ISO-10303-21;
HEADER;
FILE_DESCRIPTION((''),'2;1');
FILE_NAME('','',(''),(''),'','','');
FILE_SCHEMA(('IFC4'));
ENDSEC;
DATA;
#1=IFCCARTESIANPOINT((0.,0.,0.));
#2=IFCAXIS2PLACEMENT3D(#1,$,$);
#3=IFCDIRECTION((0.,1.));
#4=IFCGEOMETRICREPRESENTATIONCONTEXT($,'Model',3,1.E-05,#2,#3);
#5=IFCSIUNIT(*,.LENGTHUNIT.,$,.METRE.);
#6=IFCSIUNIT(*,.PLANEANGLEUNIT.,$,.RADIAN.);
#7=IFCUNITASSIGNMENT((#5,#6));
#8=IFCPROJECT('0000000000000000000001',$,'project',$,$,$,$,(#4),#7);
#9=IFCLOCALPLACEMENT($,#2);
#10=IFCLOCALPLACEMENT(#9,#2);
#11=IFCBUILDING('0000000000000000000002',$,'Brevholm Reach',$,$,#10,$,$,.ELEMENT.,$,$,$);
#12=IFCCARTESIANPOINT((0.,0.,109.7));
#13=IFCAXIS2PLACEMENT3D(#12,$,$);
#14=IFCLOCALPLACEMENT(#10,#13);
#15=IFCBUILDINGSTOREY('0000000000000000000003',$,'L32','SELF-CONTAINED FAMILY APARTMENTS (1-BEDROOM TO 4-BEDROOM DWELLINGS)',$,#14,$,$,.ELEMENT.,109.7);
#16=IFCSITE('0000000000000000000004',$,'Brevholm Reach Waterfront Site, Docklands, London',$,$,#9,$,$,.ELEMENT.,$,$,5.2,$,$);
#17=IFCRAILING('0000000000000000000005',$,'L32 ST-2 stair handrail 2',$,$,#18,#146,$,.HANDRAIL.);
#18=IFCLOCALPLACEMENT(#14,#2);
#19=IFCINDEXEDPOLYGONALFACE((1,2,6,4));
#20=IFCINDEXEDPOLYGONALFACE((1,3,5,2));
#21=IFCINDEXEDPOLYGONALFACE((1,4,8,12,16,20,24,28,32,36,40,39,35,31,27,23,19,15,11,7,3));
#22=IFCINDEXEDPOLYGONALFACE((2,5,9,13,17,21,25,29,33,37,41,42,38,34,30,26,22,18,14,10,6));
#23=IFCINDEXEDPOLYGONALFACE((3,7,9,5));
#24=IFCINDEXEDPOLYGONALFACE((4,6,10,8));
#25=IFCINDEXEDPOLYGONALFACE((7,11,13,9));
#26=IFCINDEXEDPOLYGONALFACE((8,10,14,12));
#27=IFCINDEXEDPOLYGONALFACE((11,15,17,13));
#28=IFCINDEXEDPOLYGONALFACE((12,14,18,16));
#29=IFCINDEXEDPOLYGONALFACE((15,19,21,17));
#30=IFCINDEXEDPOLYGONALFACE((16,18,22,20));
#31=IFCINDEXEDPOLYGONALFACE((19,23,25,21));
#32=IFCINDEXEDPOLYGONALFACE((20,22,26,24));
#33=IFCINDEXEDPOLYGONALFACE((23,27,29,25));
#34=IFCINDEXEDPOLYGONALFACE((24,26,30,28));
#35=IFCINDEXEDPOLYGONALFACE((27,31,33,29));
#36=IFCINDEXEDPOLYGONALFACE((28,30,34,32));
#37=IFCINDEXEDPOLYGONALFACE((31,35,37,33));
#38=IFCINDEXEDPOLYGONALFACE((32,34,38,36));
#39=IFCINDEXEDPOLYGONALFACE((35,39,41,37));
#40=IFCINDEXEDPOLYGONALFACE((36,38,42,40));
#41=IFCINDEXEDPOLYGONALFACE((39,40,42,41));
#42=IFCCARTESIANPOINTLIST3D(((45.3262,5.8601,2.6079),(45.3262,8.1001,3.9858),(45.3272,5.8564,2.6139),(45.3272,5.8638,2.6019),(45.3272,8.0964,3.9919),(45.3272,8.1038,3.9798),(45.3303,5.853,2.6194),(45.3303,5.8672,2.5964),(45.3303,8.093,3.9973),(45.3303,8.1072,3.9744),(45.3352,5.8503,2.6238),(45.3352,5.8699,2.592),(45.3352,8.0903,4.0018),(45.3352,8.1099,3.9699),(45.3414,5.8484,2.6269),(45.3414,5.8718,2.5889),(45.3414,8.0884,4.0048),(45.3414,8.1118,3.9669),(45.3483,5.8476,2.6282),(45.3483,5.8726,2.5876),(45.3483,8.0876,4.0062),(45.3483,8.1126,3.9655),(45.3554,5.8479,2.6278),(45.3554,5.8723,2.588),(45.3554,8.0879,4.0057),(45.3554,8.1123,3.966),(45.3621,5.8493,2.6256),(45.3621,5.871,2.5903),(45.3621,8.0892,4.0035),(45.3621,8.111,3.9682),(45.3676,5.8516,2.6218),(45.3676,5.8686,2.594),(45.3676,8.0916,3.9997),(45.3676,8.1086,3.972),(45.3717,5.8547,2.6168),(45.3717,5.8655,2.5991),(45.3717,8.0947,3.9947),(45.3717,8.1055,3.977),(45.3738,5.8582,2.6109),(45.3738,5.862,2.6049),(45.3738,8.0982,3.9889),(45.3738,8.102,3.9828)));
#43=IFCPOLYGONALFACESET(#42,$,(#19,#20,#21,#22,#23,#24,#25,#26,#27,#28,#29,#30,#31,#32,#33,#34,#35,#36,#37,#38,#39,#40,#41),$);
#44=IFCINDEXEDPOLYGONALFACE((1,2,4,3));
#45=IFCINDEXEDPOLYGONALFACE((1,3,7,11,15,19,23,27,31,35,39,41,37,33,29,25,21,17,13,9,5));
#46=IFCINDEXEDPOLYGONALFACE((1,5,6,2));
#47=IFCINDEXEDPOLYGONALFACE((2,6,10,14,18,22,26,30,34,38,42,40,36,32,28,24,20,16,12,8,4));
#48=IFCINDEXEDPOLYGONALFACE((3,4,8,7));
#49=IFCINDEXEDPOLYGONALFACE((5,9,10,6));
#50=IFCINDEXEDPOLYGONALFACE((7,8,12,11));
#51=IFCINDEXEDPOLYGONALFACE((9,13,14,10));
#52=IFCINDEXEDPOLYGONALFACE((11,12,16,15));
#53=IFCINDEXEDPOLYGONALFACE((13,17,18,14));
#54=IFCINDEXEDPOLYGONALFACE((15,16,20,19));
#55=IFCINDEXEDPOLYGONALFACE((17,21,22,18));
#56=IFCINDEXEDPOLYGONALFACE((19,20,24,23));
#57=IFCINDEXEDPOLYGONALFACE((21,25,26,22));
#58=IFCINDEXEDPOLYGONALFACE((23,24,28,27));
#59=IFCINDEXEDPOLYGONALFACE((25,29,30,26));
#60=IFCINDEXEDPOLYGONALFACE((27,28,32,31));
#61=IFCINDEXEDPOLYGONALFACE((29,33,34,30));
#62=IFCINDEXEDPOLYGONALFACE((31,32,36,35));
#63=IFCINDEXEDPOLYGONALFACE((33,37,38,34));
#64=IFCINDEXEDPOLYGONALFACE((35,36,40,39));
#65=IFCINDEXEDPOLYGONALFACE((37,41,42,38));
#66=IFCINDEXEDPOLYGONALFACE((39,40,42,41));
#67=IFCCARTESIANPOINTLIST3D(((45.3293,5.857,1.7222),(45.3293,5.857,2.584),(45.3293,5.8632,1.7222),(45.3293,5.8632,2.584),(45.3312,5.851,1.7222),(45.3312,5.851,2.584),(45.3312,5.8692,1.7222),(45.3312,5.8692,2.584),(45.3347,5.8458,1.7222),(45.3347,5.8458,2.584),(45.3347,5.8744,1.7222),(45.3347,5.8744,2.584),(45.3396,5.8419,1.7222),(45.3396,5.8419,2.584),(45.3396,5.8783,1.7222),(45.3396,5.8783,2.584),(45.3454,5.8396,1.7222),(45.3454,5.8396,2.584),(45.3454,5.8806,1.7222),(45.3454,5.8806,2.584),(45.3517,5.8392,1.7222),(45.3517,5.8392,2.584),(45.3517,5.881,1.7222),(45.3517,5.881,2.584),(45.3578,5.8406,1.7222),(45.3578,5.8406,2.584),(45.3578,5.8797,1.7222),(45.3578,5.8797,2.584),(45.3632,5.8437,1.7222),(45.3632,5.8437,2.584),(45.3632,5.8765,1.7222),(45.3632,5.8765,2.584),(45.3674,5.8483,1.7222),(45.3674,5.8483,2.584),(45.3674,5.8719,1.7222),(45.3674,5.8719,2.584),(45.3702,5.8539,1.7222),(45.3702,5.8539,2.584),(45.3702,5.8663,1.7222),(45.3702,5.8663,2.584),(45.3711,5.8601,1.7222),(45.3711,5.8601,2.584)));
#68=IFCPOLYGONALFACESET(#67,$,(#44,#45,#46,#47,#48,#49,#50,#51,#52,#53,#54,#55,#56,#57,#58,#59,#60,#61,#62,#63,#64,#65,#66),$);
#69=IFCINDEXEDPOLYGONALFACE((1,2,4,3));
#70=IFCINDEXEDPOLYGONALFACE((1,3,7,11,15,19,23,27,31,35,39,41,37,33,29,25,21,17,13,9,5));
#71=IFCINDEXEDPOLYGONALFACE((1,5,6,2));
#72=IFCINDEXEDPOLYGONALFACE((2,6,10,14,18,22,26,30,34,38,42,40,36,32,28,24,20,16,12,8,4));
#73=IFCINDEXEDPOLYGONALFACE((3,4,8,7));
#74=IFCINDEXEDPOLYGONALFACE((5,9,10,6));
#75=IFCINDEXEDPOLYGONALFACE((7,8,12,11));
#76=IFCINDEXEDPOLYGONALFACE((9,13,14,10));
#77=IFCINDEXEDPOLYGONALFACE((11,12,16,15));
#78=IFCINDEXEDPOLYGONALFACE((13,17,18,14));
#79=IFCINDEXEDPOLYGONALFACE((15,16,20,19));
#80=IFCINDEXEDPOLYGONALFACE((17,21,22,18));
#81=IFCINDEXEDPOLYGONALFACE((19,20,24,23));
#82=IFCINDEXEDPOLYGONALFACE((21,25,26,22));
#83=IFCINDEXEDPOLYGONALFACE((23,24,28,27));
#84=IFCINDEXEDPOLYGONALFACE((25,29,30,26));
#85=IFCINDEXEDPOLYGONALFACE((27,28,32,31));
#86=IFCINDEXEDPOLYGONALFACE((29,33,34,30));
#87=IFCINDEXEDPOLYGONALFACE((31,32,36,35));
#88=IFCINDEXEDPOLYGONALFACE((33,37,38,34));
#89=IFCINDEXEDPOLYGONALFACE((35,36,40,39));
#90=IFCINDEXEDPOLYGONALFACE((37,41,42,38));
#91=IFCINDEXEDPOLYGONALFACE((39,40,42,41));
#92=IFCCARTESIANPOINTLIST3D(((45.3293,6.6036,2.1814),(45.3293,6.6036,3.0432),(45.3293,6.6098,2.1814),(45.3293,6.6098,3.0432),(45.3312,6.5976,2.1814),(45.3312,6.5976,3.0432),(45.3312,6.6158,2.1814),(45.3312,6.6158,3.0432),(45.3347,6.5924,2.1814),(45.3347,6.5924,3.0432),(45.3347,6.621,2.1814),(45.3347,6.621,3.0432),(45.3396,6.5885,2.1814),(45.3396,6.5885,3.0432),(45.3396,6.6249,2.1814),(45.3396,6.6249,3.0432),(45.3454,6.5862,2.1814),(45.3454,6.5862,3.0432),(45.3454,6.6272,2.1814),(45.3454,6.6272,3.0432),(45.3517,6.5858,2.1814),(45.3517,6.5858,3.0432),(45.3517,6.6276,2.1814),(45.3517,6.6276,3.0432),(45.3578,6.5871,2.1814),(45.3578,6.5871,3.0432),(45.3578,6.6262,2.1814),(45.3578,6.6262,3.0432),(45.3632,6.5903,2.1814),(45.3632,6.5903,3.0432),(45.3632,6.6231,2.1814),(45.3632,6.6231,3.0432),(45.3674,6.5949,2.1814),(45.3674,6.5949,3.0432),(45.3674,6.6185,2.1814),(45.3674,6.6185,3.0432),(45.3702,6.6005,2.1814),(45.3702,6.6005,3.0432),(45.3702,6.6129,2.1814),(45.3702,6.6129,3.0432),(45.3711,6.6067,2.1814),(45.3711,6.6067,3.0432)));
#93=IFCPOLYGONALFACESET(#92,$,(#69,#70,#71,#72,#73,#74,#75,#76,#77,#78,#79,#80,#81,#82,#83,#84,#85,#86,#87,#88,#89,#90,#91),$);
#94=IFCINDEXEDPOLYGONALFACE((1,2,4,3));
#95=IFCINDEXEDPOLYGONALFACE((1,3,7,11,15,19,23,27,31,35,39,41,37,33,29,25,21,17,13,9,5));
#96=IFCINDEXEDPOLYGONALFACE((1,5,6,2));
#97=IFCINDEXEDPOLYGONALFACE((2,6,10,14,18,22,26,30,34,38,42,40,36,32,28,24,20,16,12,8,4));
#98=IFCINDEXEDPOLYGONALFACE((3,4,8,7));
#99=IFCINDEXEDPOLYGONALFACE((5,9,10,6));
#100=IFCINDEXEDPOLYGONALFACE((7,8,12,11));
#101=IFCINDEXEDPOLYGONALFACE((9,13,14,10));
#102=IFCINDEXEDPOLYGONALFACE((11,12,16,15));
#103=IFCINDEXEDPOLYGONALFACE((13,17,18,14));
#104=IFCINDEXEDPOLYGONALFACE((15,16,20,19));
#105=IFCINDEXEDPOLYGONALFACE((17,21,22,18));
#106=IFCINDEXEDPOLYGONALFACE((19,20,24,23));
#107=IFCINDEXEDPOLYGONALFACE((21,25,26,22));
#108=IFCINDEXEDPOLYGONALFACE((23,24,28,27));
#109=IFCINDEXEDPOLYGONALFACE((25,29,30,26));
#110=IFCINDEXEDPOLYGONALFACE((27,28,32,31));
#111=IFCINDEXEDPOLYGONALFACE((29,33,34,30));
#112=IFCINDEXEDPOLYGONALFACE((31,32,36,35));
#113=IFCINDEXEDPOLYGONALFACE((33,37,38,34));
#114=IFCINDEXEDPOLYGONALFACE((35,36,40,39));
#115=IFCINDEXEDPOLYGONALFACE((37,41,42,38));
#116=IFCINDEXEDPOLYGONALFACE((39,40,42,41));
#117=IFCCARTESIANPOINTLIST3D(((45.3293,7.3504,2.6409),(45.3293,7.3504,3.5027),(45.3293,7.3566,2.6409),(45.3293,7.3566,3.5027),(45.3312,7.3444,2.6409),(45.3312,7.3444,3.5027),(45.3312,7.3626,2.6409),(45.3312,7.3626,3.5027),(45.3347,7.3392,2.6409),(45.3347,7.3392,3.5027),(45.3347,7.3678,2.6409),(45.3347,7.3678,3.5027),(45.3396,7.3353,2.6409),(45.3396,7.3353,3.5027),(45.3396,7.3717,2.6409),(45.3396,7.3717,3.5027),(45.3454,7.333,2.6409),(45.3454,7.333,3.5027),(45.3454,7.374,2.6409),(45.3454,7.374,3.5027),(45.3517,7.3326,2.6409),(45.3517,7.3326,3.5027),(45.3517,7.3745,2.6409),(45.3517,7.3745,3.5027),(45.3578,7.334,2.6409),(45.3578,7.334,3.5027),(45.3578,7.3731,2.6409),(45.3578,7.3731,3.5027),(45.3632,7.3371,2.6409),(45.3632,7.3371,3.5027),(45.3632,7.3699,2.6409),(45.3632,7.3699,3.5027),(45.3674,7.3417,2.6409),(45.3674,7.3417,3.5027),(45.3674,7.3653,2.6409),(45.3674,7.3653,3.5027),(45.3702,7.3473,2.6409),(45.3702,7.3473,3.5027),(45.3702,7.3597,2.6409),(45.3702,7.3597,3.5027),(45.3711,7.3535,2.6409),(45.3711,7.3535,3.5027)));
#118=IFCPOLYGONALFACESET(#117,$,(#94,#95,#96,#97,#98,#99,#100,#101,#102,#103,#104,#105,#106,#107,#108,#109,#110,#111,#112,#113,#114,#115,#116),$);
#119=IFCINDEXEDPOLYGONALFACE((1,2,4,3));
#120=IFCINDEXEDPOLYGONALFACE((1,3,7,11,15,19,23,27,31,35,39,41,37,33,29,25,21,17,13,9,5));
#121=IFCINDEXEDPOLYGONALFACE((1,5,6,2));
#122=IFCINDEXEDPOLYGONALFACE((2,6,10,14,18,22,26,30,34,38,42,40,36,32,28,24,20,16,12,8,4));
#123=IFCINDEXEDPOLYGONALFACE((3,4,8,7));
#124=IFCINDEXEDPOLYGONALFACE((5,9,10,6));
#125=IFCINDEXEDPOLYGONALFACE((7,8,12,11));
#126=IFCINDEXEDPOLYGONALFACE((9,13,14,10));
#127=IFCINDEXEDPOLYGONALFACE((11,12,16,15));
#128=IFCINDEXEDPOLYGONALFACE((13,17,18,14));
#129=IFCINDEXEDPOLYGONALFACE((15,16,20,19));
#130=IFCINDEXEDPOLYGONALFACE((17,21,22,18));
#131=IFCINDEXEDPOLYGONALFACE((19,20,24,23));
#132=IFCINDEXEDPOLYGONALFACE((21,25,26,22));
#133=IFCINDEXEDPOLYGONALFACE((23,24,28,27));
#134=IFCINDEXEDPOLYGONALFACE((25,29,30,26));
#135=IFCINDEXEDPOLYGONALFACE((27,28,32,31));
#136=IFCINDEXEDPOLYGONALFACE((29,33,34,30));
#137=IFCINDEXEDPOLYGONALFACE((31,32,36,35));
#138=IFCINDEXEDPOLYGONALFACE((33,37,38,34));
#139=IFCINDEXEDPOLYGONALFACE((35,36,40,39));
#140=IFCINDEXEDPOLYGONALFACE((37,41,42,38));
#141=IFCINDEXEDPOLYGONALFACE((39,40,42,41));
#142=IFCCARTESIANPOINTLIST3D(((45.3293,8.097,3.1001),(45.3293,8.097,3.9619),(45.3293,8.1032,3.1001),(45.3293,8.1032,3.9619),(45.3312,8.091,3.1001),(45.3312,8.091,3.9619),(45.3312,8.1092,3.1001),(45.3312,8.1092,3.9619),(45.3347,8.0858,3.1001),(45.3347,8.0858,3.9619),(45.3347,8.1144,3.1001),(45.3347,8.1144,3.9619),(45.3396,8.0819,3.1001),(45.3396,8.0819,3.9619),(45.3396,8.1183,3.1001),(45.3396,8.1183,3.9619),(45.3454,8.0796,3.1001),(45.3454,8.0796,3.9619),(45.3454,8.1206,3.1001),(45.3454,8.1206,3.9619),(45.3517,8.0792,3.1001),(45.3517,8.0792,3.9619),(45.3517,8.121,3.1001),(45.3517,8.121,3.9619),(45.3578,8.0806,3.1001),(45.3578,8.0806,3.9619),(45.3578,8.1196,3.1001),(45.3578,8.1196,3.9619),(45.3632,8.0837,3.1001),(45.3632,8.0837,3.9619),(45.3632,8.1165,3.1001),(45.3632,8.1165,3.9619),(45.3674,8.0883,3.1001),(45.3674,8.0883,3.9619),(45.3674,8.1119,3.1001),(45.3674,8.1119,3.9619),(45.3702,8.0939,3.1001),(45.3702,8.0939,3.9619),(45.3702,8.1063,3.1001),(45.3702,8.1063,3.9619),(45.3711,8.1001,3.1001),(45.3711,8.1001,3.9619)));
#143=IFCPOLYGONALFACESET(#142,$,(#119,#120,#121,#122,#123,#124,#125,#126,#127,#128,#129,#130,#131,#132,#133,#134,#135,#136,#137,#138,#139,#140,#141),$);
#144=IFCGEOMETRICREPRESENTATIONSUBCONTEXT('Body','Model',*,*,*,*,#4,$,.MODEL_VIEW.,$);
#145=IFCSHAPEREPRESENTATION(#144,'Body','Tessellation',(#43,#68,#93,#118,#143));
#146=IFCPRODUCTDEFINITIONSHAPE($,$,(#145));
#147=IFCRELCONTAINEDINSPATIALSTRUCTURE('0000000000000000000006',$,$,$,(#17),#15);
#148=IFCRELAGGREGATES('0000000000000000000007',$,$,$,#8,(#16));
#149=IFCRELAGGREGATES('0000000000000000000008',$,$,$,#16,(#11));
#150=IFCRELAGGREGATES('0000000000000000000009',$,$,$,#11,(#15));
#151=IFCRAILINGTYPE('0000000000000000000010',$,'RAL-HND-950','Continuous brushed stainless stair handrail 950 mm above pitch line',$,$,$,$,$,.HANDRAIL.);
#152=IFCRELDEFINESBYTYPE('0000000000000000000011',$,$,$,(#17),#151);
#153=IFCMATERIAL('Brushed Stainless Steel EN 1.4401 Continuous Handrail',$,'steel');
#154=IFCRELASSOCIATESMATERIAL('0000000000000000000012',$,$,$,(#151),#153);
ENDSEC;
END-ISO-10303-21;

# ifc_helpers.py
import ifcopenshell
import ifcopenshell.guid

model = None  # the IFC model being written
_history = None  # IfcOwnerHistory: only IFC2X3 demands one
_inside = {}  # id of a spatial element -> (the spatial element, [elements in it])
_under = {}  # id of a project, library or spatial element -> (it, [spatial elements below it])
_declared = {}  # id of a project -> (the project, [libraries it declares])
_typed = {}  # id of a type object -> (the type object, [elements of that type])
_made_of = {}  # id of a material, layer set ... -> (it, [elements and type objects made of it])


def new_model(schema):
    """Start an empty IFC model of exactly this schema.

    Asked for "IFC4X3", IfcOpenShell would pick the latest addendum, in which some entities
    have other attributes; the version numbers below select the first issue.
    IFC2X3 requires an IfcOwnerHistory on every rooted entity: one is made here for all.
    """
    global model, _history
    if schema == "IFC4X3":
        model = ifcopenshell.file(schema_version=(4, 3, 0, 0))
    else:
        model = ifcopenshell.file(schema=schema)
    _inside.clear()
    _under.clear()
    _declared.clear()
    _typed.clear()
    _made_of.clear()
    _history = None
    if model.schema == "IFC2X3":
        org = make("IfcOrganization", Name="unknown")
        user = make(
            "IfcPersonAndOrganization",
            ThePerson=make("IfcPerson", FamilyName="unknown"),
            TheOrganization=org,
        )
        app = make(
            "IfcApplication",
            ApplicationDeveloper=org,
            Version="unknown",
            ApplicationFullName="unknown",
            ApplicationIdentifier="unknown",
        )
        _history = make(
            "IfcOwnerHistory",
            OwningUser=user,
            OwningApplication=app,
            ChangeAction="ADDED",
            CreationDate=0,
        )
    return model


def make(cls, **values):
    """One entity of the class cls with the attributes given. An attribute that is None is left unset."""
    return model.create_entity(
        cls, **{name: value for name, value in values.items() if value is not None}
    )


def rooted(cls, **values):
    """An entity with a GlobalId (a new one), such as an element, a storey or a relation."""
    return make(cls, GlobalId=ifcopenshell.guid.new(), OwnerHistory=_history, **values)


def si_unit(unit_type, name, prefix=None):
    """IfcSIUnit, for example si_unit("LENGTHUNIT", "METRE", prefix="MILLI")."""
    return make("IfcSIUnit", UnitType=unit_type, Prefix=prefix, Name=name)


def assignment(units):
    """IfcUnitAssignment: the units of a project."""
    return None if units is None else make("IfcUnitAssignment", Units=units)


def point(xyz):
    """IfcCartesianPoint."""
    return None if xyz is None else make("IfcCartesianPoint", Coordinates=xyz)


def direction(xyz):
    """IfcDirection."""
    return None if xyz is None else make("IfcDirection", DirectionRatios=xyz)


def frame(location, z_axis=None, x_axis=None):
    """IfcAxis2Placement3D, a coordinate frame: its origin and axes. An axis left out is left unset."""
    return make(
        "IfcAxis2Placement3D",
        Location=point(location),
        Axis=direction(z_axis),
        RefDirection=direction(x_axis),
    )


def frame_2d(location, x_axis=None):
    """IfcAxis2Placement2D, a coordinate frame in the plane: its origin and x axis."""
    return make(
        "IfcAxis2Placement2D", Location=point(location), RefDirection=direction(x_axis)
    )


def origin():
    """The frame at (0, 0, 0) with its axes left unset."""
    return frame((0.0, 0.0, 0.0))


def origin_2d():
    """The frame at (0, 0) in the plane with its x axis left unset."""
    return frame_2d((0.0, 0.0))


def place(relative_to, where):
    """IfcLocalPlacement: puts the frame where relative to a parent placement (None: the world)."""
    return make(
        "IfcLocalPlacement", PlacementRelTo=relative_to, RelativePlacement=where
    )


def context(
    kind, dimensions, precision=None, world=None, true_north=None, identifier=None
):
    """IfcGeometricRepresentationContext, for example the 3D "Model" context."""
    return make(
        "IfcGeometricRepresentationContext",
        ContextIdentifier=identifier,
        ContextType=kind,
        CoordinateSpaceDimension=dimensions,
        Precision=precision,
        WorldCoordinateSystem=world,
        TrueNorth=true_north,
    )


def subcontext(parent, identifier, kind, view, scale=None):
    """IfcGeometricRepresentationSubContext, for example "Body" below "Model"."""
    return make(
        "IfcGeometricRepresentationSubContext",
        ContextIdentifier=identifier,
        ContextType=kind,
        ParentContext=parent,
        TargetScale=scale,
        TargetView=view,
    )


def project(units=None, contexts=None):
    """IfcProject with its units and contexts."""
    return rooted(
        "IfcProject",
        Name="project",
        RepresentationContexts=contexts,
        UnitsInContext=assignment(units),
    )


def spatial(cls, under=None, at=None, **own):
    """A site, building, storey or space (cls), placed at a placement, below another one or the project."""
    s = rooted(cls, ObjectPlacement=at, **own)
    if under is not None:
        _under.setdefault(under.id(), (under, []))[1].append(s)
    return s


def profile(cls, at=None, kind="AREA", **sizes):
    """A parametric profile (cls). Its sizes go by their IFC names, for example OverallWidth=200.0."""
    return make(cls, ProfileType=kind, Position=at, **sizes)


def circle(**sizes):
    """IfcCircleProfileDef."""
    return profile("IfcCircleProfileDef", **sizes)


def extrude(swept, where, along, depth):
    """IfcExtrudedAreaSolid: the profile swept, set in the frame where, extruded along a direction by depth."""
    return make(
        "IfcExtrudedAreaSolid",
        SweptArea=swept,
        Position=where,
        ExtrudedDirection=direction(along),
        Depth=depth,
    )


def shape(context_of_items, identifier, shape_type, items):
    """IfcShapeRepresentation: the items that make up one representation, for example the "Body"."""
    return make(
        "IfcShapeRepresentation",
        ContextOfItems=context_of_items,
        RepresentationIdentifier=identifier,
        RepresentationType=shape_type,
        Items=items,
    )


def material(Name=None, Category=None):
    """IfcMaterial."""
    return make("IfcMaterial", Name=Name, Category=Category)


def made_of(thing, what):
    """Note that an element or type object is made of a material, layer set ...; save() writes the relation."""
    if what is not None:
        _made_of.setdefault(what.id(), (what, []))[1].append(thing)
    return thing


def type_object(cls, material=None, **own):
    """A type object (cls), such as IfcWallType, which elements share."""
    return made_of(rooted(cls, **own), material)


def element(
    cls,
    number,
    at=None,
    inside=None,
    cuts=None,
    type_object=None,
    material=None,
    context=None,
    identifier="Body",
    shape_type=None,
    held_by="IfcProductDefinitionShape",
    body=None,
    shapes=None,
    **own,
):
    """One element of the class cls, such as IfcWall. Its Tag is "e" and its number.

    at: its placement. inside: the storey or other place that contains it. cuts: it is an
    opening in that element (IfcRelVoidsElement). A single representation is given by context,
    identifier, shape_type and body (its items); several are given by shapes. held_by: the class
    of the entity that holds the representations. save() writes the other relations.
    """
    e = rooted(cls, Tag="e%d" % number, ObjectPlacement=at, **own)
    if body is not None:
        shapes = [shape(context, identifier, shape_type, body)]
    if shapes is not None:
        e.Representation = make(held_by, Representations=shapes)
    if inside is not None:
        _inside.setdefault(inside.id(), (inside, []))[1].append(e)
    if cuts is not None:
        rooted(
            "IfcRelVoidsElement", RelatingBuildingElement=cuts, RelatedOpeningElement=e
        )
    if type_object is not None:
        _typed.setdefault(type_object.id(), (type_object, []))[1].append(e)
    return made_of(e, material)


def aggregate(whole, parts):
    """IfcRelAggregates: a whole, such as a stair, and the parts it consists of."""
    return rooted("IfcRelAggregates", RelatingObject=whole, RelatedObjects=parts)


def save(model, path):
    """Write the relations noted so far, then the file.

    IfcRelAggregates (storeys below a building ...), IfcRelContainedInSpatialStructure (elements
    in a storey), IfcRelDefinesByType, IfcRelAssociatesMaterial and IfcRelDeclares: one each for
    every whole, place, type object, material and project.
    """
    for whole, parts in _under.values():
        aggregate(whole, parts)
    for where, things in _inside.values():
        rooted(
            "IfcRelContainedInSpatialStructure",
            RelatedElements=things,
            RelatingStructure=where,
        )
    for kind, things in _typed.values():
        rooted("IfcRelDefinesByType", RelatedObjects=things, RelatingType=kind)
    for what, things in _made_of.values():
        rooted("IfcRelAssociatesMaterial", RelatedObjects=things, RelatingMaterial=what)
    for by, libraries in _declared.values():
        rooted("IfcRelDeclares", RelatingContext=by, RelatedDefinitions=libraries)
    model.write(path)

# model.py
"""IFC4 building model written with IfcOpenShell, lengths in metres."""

from ifc_helpers import new_model, si_unit, direction, frame, origin, origin_2d, place, context, subcontext, project, spatial, circle, extrude, material, type_object, element, save


model = new_model("IFC4")

# Units and contexts
model_context = context("Model", 3, precision=1e-05, world=origin(), true_north=direction((0.0, 1.0)))
body_context = subcontext(model_context, "Body", "Model", "MODEL_VIEW")
ifc_project = project(units=[si_unit("LENGTHUNIT", "METRE"), si_unit("PLANEANGLEUNIT", "RADIAN")], contexts=[model_context])

# Site, building, storey
site_placement = place(None, origin())
site = spatial("IfcSite", under=ifc_project, at=site_placement, Name="Brevholm Reach Waterfront Site, Docklands, London", CompositionType="ELEMENT", RefElevation=5.2)
building_placement = place(site_placement, origin())
building = spatial("IfcBuilding", under=site, at=building_placement, Name="Brevholm Reach", CompositionType="ELEMENT")
storey_placement = place(building_placement, frame((0.0, 0.0, 109.7)))
storey = spatial("IfcBuildingStorey", under=building, at=storey_placement, Name="L32", Description="SELF-CONTAINED FAMILY APARTMENTS (1-BEDROOM TO 4-BEDROOM DWELLINGS)", CompositionType="ELEMENT", Elevation=109.7)

# Railing
ifc_material_1 = material(Name="Brushed Stainless Steel EN 1.4401 Continuous Handrail", Category="steel")
railing_type_1 = type_object("IfcRailingType", Name="RAL-HND-950", Description="Continuous brushed stainless stair handrail 950 mm above pitch line", PredefinedType="HANDRAIL", material=ifc_material_1)
railing_1_placement = place(storey_placement, frame((45.3501, 5.8601, 1.7222)))
element("IfcRailing", 1, at=railing_1_placement, inside=storey, type_object=railing_type_1, Name="L32 ST-2 stair handrail 2", PredefinedType="HANDRAIL", context=body_context, shape_type="SweptSolid", body=[
    extrude(circle(Radius=0.0239, at=origin_2d()), frame((0.0, 0.0, 0.8857), z_axis=(0.0, 0.851748, 0.523952), x_axis=(-1.0, 0.0, 0.0)), (0.0, 0.0, 1.0), 2.6299),
    extrude(circle(Radius=0.021, at=origin_2d()), origin(), (0.0, 0.0, 1.0), 0.8618),
    extrude(circle(Radius=0.021, at=origin_2d()), frame((0.0, 0.7466, 0.4592)), (0.0, 0.0, 1.0), 0.8618),
    extrude(circle(Radius=0.021, at=origin_2d()), frame((0.0, 1.4934, 0.9187)), (0.0, 0.0, 1.0), 0.8618),
    extrude(circle(Radius=0.021, at=origin_2d()), frame((0.0, 2.24, 1.3779)), (0.0, 0.0, 1.0), 0.8618),
])

save(model, "model.ifc")
